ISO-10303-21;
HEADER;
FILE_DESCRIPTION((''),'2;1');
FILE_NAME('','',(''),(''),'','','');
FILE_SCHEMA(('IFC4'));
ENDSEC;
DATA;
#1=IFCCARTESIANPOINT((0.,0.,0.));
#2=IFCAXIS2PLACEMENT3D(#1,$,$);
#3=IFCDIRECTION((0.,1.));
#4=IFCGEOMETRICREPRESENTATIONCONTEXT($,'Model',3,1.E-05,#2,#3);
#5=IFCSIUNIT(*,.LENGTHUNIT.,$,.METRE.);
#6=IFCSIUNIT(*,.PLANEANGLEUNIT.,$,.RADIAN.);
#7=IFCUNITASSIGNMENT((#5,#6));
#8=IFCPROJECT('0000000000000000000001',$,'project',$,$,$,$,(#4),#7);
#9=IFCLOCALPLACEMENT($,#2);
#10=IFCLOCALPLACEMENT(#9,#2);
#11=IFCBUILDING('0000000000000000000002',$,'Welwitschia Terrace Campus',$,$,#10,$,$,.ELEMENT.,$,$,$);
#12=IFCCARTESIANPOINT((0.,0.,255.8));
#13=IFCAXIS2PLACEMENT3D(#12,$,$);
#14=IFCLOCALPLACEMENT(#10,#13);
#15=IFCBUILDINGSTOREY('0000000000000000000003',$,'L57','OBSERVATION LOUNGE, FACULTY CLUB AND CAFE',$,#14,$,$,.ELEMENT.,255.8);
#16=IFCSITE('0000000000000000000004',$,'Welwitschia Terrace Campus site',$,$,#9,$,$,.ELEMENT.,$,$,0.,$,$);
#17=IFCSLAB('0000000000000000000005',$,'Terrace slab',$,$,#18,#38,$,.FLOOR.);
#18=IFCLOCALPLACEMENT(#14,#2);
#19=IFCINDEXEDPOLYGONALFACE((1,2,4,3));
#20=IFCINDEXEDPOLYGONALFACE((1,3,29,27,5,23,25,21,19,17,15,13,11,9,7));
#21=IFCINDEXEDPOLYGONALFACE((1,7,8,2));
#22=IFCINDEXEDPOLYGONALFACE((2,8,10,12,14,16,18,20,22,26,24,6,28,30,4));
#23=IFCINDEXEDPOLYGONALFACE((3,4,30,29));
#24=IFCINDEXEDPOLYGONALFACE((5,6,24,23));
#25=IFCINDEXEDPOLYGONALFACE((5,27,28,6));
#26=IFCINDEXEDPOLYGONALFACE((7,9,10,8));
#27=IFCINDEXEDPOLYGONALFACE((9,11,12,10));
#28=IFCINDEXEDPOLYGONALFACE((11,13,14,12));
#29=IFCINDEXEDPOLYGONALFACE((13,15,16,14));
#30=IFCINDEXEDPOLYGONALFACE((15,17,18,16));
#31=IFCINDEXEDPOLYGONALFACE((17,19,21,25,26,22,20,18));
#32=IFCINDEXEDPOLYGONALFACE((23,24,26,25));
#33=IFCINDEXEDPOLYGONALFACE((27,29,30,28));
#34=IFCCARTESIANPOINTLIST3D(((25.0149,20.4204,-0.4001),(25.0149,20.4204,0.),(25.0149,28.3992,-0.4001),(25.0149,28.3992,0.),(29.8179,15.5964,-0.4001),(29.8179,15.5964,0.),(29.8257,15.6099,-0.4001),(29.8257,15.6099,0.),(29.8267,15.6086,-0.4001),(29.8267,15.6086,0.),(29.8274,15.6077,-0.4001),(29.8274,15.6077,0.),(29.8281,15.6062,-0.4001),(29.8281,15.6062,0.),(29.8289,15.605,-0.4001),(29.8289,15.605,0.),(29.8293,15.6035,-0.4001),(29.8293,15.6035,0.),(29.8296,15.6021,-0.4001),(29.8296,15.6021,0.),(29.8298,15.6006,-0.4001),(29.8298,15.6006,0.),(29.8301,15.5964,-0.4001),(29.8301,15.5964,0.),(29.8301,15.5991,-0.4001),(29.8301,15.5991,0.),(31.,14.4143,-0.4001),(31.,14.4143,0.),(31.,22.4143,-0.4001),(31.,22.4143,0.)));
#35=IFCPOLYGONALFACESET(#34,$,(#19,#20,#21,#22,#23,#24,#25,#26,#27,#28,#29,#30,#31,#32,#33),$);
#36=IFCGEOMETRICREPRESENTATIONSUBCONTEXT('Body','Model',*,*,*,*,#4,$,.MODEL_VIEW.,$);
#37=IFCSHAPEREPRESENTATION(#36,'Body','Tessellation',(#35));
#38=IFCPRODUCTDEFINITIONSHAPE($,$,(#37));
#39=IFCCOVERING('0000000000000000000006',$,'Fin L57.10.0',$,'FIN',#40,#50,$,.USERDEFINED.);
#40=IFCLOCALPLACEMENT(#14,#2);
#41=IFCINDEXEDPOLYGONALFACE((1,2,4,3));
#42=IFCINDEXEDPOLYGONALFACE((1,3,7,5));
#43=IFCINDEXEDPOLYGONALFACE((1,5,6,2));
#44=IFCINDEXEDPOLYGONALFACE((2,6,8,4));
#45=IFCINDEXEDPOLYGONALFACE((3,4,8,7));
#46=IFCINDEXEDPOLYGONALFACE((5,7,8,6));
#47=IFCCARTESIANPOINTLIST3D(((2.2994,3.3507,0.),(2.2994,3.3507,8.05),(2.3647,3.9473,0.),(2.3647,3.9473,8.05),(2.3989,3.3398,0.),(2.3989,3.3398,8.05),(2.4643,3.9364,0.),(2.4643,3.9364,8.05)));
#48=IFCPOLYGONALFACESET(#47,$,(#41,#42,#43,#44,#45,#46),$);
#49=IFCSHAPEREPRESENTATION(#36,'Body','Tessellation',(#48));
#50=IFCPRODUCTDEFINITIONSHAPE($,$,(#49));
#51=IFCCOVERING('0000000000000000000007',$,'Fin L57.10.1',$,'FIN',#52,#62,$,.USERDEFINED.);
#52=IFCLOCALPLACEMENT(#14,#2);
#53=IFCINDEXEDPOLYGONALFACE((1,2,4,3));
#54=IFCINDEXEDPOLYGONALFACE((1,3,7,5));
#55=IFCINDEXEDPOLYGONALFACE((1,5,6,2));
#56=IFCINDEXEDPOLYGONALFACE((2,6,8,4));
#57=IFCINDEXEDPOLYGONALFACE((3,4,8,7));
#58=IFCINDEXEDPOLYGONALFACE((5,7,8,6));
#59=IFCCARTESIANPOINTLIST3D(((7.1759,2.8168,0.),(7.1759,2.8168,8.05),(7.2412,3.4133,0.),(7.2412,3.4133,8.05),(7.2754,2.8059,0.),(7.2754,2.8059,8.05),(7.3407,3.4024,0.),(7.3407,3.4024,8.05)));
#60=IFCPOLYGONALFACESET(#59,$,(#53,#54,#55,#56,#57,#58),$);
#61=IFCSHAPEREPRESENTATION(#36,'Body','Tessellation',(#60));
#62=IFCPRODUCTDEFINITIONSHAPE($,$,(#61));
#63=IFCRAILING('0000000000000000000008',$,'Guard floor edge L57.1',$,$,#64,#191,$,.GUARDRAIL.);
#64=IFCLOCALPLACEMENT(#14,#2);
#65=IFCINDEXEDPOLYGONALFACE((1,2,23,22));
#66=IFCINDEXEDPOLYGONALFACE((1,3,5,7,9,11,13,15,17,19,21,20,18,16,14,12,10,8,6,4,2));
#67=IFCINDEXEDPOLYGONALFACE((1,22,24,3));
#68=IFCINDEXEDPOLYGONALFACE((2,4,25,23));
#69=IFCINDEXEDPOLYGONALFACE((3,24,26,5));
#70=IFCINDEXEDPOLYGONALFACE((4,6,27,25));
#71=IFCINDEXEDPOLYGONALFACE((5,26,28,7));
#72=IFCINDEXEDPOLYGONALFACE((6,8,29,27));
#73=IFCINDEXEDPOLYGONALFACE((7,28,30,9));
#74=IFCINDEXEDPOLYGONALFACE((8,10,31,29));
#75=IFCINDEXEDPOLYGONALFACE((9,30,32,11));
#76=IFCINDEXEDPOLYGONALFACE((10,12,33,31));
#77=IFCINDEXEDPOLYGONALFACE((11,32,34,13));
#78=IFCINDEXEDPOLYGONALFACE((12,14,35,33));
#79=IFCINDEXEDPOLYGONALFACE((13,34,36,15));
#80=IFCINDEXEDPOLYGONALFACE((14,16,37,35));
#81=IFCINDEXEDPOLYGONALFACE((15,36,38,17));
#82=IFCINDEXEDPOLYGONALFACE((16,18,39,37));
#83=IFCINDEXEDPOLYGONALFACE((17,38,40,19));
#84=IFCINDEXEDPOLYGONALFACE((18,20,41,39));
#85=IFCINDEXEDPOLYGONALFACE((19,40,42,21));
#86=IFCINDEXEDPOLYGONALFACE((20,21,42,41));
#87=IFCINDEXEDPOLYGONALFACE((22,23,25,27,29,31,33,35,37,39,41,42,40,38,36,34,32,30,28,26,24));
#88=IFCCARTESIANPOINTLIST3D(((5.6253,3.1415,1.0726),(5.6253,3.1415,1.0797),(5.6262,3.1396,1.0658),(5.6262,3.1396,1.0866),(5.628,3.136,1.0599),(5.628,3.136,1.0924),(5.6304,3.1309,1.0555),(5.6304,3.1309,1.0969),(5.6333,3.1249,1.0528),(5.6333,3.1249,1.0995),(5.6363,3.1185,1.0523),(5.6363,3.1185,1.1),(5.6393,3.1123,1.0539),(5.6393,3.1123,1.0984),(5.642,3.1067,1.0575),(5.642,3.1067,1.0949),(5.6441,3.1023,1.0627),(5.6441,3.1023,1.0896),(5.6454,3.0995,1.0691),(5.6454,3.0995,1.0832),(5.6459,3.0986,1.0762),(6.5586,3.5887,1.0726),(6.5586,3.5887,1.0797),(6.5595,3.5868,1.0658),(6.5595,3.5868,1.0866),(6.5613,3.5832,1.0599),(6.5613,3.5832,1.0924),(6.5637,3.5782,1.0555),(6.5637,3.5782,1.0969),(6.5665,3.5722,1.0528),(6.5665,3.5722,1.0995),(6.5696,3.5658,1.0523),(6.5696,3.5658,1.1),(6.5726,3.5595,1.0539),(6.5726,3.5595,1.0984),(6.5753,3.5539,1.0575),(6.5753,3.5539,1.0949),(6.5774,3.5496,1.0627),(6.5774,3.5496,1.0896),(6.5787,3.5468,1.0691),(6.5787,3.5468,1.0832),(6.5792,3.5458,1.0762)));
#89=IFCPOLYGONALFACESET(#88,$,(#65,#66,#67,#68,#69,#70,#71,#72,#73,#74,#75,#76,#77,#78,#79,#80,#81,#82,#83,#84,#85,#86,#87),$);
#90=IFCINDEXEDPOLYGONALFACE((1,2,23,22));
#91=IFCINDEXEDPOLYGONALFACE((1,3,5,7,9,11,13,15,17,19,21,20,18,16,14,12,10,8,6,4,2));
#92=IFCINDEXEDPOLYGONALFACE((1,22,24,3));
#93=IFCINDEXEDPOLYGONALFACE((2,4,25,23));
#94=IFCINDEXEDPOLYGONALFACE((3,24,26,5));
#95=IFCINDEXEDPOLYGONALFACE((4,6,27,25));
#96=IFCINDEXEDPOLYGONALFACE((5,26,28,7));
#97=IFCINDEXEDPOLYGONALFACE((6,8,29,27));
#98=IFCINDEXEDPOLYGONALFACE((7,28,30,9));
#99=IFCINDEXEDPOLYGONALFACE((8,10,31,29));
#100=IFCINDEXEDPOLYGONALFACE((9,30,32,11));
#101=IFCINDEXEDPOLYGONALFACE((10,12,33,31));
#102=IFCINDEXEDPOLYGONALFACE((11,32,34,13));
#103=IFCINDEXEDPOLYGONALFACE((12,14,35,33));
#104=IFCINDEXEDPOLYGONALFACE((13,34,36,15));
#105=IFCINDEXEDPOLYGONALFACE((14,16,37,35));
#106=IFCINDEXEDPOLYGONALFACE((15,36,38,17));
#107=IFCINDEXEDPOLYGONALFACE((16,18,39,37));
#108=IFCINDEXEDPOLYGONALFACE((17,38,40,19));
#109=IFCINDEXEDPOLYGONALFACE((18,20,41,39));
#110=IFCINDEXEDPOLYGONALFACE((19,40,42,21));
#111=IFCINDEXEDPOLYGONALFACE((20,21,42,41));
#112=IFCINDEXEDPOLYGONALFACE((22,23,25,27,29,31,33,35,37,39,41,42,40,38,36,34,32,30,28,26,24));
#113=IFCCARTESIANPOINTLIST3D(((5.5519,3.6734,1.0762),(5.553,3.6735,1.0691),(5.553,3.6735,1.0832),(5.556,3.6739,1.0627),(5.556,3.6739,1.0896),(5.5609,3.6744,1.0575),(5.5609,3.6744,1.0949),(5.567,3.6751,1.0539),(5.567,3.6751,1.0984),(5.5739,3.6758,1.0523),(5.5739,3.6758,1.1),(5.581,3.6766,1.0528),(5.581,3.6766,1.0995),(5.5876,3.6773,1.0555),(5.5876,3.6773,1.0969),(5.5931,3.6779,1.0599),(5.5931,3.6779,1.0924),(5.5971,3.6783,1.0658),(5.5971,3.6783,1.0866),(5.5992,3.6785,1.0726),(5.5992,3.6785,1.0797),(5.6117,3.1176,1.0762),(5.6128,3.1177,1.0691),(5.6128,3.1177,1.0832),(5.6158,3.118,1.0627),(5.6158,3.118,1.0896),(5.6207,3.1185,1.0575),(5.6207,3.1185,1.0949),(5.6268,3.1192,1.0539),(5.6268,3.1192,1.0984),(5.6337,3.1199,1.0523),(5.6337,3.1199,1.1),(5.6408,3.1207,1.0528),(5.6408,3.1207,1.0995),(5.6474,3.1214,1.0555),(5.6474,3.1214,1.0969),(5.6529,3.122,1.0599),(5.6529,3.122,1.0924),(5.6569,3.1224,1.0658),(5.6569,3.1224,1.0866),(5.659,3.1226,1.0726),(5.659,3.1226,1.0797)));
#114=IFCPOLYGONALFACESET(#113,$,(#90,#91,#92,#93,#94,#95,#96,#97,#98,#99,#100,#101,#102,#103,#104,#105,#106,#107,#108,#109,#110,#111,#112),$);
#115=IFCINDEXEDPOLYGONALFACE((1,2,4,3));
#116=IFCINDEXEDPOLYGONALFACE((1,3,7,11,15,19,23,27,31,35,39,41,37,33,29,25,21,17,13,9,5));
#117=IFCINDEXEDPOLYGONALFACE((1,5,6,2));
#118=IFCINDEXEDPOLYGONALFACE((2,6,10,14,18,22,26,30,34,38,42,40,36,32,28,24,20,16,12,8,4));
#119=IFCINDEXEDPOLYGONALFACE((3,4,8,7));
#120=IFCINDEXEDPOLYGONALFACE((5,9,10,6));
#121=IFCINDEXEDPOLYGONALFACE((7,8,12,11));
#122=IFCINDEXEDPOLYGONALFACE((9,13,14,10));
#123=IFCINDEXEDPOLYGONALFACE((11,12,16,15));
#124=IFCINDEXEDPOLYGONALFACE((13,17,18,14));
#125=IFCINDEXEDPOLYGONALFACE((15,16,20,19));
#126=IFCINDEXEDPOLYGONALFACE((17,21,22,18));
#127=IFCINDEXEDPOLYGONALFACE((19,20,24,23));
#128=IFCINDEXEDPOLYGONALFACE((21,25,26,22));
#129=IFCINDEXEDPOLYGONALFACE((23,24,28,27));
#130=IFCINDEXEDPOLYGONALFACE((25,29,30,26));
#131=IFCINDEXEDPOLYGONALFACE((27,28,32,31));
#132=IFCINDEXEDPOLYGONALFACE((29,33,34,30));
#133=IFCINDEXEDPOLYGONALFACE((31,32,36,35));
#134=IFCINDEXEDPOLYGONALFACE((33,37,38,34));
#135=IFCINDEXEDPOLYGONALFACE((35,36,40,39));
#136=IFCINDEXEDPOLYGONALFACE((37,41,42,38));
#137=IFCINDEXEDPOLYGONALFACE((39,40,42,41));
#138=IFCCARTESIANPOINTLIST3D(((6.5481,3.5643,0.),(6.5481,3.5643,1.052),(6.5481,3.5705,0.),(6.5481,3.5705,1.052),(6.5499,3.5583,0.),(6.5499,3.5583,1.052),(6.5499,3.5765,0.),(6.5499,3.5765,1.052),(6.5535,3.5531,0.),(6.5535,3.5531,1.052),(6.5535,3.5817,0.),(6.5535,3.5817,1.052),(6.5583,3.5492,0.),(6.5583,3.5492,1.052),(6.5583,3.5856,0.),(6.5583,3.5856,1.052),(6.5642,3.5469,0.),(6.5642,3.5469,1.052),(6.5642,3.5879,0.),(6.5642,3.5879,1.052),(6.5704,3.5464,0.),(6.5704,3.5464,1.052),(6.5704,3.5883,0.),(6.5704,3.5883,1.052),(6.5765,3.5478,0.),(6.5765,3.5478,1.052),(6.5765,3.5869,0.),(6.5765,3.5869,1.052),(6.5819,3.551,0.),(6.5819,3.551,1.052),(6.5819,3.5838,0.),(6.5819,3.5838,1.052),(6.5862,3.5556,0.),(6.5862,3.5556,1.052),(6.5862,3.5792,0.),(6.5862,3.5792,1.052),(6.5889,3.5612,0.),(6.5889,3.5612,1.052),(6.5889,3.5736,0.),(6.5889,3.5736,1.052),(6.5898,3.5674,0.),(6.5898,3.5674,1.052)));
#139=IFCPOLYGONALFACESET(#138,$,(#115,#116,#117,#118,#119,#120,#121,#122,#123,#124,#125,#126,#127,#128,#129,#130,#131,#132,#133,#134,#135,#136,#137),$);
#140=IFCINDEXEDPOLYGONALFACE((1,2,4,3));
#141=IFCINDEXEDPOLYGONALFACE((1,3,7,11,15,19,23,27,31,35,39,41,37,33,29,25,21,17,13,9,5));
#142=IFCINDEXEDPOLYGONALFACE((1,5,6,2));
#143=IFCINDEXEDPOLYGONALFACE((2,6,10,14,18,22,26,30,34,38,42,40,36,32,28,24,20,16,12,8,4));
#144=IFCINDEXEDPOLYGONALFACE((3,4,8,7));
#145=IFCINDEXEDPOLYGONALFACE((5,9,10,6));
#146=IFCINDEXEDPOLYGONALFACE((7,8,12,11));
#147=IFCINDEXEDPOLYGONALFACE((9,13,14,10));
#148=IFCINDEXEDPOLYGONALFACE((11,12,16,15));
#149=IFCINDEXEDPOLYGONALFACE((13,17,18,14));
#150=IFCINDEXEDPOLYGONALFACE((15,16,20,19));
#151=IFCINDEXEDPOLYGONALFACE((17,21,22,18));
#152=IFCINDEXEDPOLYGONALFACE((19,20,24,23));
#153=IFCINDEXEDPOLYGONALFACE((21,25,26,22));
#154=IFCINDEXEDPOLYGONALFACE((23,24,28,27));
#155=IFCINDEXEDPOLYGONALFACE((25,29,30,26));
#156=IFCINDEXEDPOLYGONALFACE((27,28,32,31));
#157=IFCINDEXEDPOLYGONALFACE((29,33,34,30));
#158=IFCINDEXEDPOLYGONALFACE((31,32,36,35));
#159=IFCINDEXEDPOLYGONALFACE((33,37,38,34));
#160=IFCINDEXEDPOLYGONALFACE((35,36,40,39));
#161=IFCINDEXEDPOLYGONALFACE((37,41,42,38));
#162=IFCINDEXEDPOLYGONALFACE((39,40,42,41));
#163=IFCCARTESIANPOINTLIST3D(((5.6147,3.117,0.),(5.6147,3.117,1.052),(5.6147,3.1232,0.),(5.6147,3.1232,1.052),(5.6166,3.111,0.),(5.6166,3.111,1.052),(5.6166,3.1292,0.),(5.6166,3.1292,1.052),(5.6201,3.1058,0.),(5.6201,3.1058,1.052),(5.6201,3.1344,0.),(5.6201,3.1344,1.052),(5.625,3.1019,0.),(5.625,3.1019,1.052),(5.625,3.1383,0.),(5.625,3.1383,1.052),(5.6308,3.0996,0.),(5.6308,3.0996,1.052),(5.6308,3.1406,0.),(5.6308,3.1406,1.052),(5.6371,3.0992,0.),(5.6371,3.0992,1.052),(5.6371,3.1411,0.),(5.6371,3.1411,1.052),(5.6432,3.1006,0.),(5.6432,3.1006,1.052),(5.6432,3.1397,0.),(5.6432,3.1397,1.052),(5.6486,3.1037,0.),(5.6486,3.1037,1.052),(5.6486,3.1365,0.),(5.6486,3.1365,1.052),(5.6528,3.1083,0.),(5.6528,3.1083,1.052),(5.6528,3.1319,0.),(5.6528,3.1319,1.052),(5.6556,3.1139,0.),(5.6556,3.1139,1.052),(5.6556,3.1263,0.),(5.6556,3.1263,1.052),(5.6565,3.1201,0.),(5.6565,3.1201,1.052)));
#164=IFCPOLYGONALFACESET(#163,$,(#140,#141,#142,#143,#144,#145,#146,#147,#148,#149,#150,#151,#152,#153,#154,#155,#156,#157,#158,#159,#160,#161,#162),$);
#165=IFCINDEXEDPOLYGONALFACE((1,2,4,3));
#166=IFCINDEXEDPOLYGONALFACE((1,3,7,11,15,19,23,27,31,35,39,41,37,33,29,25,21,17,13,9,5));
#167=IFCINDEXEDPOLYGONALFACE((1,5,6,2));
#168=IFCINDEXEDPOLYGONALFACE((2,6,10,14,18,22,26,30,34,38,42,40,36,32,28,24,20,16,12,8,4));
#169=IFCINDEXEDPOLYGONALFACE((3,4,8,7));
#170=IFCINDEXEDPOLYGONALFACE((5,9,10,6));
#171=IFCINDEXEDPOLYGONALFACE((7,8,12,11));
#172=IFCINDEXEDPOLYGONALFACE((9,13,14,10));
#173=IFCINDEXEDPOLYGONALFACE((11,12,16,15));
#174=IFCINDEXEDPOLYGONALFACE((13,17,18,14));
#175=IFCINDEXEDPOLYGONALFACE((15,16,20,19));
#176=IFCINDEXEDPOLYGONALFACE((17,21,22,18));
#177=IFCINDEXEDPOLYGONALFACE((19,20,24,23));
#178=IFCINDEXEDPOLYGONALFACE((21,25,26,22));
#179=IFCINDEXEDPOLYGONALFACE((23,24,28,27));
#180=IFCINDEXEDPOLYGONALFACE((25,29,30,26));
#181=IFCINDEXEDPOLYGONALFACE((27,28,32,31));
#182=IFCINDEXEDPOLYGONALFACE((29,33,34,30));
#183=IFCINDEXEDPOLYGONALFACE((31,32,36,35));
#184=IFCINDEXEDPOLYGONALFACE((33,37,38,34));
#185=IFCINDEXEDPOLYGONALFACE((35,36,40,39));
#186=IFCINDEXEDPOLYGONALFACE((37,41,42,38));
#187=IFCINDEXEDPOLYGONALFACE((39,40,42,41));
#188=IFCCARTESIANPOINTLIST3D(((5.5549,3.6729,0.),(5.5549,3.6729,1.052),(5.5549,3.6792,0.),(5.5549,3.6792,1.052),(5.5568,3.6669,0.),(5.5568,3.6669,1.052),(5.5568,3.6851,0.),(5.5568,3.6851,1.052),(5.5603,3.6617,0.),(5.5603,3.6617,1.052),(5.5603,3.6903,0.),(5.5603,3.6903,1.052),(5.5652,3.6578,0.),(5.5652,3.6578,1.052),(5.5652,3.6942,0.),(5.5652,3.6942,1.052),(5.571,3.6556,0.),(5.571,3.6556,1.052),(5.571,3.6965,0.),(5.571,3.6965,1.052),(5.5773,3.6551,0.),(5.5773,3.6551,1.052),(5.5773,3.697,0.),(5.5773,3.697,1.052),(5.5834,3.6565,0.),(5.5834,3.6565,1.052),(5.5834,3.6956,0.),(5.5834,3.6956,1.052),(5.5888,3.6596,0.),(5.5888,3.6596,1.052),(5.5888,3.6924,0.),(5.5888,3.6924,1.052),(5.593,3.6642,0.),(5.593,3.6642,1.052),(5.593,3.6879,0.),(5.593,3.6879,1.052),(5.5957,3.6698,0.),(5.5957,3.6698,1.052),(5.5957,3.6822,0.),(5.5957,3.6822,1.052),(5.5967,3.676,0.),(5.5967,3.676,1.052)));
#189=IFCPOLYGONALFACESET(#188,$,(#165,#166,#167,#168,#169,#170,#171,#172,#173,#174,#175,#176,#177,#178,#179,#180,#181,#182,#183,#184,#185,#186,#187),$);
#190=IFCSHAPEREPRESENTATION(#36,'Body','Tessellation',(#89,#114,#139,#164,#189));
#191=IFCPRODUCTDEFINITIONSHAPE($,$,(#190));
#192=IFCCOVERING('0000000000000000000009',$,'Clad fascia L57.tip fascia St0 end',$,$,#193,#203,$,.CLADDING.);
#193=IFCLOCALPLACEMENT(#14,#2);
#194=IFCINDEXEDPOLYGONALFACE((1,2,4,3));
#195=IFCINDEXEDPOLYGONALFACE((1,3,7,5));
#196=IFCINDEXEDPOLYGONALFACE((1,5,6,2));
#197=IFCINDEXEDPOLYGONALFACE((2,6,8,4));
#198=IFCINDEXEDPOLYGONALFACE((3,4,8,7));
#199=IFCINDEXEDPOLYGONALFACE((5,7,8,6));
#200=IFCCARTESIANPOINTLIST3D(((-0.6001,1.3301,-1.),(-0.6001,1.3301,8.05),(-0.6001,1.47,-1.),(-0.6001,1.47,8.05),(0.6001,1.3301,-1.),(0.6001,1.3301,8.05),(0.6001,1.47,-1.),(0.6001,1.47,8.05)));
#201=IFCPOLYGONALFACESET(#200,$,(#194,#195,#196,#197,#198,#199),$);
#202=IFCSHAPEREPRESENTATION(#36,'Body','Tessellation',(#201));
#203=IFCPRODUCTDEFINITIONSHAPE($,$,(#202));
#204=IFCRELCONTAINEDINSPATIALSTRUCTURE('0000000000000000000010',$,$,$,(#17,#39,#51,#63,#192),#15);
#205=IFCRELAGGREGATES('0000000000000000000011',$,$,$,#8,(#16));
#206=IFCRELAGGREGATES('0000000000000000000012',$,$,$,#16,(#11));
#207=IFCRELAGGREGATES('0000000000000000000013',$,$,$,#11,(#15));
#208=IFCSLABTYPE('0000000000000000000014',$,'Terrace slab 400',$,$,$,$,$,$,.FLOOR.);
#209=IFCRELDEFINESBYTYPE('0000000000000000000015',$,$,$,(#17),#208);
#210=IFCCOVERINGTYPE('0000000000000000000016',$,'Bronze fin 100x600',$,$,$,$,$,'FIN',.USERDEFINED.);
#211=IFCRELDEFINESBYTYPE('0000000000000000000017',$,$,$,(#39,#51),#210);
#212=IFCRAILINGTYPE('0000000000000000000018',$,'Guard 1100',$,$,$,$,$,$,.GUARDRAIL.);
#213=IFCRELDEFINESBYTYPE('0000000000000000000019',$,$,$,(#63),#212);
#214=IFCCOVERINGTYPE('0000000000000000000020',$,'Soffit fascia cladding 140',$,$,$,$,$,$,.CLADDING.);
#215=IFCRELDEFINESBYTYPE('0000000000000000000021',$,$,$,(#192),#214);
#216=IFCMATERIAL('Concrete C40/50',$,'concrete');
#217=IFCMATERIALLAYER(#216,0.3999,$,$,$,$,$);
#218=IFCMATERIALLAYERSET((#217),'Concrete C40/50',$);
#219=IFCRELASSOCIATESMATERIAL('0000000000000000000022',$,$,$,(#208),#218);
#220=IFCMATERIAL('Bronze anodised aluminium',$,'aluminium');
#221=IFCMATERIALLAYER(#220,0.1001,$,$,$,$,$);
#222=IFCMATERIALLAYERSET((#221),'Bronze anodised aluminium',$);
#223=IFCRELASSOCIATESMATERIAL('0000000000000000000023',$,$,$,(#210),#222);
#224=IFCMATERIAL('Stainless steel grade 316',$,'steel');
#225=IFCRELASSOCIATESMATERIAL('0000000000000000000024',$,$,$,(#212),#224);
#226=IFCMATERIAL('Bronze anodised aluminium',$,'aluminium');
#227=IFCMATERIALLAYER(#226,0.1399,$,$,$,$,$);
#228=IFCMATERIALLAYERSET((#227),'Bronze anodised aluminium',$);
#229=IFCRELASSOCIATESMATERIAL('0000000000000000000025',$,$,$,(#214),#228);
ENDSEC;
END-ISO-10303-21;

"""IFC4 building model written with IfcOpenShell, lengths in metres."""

from ifc_helpers import new_model, si_unit, direction, frame, origin, origin_2d, place, context, subcontext, project, spatial, polyline, rectangle, circle, outline, extrude, material, layer, layer_set, type_object, element, save


model = new_model("IFC4")

# Units and contexts
model_context = context("Model", 3, precision=1e-05, world=origin(), true_north=direction((0.0, 1.0)))
body_context = subcontext(model_context, "Body", "Model", "MODEL_VIEW")
ifc_project = project(units=[si_unit("LENGTHUNIT", "METRE"), si_unit("PLANEANGLEUNIT", "RADIAN")], contexts=[model_context])

# Site, building, storey
site_placement = place(None, origin())
site = spatial("IfcSite", under=ifc_project, at=site_placement, Name="Welwitschia Terrace Campus site", CompositionType="ELEMENT", RefElevation=0.0)
building_placement = place(site_placement, origin())
building = spatial("IfcBuilding", under=site, at=building_placement, Name="Welwitschia Terrace Campus", CompositionType="ELEMENT")
storey_placement = place(building_placement, frame((0.0, 0.0, 255.8)))
storey = spatial("IfcBuildingStorey", under=building, at=storey_placement, Name="L57", Description="OBSERVATION LOUNGE, FACULTY CLUB AND CAFE", CompositionType="ELEMENT", Elevation=255.8)

# Slab
ifc_material_1 = material(Name="Concrete C40/50", Category="concrete")
ifc_layer_1 = layer(ifc_material_1, 0.3999)
ifc_layer_set_1 = layer_set([ifc_layer_1], Name="Concrete C40/50")
slab_type_1 = type_object("IfcSlabType", Name="Terrace slab 400", PredefinedType="FLOOR", material=ifc_layer_set_1)
slab_1_placement = place(storey_placement, frame((0.0, 0.0, -0.4001)))
element("IfcSlab", 1, at=slab_1_placement, inside=storey, type_object=slab_type_1, Name="Terrace slab", PredefinedType="FLOOR", context=body_context, shape_type="SweptSolid", body=[
    extrude(outline(polyline([(31.0, 22.4143), (31.0, 14.4143), (29.8179, 15.5964), (29.8301, 15.5964), (29.8301, 15.5991), (29.8298, 15.6006), (29.8296, 15.6021), (29.8293, 15.6035), (29.8289, 15.605), (29.8281, 15.6062), (29.8274, 15.6077), (29.8267, 15.6086), (29.8257, 15.6099), (25.0149, 20.4204), (25.0149, 28.3992), (31.0, 22.4143)])), origin(), (0.0, 0.0, 1.0), 0.4001),
])

# Coverings
ifc_material_2 = material(Name="Bronze anodised aluminium", Category="aluminium")
ifc_layer_2 = layer(ifc_material_2, 0.1001)
ifc_layer_set_2 = layer_set([ifc_layer_2], Name="Bronze anodised aluminium")
covering_type_1 = type_object("IfcCoveringType", Name="Bronze fin 100x600", ElementType="FIN", PredefinedType="USERDEFINED", material=ifc_layer_set_2)
for number, where, z_axis, x_axis, name in (
    (2, (2.3818, 3.6436, 0.0), (0.0, 0.0, 1.0), (0.994056, -0.108867, 0.0), "Fin L57.10.0"),
    (3, (7.2583, 3.1096, 0.0), (0.0, 0.0, 1.0), (0.994056, -0.108867, 0.0), "Fin L57.10.1"),
):
    element("IfcCovering", number, at=place(storey_placement, frame(where, z_axis=z_axis, x_axis=x_axis)), inside=storey, type_object=covering_type_1, Name=name, ObjectType="FIN", PredefinedType="USERDEFINED", context=body_context, shape_type="SweptSolid", body=[
        extrude(rectangle(XDim=0.1001, YDim=0.6001, at=origin_2d()), origin(), (0.0, 0.0, 1.0), 8.05),
    ])

# Railing
ifc_material_3 = material(Name="Stainless steel grade 316", Category="steel")
railing_type = type_object("IfcRailingType", Name="Guard 1100", PredefinedType="GUARDRAIL", material=ifc_material_3)
railing_1_placement = place(storey_placement, frame((6.5688, 3.5674, 0.0)))
element("IfcRailing", 4, at=railing_1_placement, inside=storey, type_object=railing_type, Name="Guard floor edge L57.1", PredefinedType="GUARDRAIL", context=body_context, shape_type="SweptSolid", body=[
    extrude(circle(Radius=0.0239, at=origin_2d()), frame((0.0, 0.0, 1.0762), z_axis=(-0.901803, -0.432148, 0.0), x_axis=(0.432148, -0.901803, 0.0)), (0.0, 0.0, 1.0), 1.0349),
    extrude(circle(Radius=0.0239, at=origin_2d()), frame((-0.9333, -0.4473, 1.0762), z_axis=(-0.10698, 0.994261, 0.0), x_axis=(-0.994261, -0.10698, 0.0)), (0.0, 0.0, 1.0), 0.5591),
    extrude(circle(Radius=0.021, at=origin_2d()), origin(), (0.0, 0.0, 1.0), 1.052),
    extrude(circle(Radius=0.021, at=origin_2d()), frame((-0.9333, -0.4473, 0.0)), (0.0, 0.0, 1.0), 1.052),
    extrude(circle(Radius=0.021, at=origin_2d()), frame((-0.9932, 0.1086, 0.0)), (0.0, 0.0, 1.0), 1.052),
])

# Covering
ifc_material_4 = material(Name="Bronze anodised aluminium", Category="aluminium")
ifc_layer_3 = layer(ifc_material_4, 0.1399)
ifc_layer_set_3 = layer_set([ifc_layer_3], Name="Bronze anodised aluminium")
covering_type_2 = type_object("IfcCoveringType", Name="Soffit fascia cladding 140", PredefinedType="CLADDING", material=ifc_layer_set_3)
covering_1_placement = place(storey_placement, frame((0.0, 0.0, -1.0)))
element("IfcCovering", 5, at=covering_1_placement, inside=storey, type_object=covering_type_2, Name="Clad fascia L57.tip fascia St0 end", PredefinedType="CLADDING", context=body_context, shape_type="SweptSolid", body=[
    extrude(outline(polyline([(0.6001, 1.47), (-0.6001, 1.47), (-0.6001, 1.3301), (0.6001, 1.3301), (0.6001, 1.47)])), origin(), (0.0, 0.0, 1.0), 9.05),
])

save(model, "model.ifc")
